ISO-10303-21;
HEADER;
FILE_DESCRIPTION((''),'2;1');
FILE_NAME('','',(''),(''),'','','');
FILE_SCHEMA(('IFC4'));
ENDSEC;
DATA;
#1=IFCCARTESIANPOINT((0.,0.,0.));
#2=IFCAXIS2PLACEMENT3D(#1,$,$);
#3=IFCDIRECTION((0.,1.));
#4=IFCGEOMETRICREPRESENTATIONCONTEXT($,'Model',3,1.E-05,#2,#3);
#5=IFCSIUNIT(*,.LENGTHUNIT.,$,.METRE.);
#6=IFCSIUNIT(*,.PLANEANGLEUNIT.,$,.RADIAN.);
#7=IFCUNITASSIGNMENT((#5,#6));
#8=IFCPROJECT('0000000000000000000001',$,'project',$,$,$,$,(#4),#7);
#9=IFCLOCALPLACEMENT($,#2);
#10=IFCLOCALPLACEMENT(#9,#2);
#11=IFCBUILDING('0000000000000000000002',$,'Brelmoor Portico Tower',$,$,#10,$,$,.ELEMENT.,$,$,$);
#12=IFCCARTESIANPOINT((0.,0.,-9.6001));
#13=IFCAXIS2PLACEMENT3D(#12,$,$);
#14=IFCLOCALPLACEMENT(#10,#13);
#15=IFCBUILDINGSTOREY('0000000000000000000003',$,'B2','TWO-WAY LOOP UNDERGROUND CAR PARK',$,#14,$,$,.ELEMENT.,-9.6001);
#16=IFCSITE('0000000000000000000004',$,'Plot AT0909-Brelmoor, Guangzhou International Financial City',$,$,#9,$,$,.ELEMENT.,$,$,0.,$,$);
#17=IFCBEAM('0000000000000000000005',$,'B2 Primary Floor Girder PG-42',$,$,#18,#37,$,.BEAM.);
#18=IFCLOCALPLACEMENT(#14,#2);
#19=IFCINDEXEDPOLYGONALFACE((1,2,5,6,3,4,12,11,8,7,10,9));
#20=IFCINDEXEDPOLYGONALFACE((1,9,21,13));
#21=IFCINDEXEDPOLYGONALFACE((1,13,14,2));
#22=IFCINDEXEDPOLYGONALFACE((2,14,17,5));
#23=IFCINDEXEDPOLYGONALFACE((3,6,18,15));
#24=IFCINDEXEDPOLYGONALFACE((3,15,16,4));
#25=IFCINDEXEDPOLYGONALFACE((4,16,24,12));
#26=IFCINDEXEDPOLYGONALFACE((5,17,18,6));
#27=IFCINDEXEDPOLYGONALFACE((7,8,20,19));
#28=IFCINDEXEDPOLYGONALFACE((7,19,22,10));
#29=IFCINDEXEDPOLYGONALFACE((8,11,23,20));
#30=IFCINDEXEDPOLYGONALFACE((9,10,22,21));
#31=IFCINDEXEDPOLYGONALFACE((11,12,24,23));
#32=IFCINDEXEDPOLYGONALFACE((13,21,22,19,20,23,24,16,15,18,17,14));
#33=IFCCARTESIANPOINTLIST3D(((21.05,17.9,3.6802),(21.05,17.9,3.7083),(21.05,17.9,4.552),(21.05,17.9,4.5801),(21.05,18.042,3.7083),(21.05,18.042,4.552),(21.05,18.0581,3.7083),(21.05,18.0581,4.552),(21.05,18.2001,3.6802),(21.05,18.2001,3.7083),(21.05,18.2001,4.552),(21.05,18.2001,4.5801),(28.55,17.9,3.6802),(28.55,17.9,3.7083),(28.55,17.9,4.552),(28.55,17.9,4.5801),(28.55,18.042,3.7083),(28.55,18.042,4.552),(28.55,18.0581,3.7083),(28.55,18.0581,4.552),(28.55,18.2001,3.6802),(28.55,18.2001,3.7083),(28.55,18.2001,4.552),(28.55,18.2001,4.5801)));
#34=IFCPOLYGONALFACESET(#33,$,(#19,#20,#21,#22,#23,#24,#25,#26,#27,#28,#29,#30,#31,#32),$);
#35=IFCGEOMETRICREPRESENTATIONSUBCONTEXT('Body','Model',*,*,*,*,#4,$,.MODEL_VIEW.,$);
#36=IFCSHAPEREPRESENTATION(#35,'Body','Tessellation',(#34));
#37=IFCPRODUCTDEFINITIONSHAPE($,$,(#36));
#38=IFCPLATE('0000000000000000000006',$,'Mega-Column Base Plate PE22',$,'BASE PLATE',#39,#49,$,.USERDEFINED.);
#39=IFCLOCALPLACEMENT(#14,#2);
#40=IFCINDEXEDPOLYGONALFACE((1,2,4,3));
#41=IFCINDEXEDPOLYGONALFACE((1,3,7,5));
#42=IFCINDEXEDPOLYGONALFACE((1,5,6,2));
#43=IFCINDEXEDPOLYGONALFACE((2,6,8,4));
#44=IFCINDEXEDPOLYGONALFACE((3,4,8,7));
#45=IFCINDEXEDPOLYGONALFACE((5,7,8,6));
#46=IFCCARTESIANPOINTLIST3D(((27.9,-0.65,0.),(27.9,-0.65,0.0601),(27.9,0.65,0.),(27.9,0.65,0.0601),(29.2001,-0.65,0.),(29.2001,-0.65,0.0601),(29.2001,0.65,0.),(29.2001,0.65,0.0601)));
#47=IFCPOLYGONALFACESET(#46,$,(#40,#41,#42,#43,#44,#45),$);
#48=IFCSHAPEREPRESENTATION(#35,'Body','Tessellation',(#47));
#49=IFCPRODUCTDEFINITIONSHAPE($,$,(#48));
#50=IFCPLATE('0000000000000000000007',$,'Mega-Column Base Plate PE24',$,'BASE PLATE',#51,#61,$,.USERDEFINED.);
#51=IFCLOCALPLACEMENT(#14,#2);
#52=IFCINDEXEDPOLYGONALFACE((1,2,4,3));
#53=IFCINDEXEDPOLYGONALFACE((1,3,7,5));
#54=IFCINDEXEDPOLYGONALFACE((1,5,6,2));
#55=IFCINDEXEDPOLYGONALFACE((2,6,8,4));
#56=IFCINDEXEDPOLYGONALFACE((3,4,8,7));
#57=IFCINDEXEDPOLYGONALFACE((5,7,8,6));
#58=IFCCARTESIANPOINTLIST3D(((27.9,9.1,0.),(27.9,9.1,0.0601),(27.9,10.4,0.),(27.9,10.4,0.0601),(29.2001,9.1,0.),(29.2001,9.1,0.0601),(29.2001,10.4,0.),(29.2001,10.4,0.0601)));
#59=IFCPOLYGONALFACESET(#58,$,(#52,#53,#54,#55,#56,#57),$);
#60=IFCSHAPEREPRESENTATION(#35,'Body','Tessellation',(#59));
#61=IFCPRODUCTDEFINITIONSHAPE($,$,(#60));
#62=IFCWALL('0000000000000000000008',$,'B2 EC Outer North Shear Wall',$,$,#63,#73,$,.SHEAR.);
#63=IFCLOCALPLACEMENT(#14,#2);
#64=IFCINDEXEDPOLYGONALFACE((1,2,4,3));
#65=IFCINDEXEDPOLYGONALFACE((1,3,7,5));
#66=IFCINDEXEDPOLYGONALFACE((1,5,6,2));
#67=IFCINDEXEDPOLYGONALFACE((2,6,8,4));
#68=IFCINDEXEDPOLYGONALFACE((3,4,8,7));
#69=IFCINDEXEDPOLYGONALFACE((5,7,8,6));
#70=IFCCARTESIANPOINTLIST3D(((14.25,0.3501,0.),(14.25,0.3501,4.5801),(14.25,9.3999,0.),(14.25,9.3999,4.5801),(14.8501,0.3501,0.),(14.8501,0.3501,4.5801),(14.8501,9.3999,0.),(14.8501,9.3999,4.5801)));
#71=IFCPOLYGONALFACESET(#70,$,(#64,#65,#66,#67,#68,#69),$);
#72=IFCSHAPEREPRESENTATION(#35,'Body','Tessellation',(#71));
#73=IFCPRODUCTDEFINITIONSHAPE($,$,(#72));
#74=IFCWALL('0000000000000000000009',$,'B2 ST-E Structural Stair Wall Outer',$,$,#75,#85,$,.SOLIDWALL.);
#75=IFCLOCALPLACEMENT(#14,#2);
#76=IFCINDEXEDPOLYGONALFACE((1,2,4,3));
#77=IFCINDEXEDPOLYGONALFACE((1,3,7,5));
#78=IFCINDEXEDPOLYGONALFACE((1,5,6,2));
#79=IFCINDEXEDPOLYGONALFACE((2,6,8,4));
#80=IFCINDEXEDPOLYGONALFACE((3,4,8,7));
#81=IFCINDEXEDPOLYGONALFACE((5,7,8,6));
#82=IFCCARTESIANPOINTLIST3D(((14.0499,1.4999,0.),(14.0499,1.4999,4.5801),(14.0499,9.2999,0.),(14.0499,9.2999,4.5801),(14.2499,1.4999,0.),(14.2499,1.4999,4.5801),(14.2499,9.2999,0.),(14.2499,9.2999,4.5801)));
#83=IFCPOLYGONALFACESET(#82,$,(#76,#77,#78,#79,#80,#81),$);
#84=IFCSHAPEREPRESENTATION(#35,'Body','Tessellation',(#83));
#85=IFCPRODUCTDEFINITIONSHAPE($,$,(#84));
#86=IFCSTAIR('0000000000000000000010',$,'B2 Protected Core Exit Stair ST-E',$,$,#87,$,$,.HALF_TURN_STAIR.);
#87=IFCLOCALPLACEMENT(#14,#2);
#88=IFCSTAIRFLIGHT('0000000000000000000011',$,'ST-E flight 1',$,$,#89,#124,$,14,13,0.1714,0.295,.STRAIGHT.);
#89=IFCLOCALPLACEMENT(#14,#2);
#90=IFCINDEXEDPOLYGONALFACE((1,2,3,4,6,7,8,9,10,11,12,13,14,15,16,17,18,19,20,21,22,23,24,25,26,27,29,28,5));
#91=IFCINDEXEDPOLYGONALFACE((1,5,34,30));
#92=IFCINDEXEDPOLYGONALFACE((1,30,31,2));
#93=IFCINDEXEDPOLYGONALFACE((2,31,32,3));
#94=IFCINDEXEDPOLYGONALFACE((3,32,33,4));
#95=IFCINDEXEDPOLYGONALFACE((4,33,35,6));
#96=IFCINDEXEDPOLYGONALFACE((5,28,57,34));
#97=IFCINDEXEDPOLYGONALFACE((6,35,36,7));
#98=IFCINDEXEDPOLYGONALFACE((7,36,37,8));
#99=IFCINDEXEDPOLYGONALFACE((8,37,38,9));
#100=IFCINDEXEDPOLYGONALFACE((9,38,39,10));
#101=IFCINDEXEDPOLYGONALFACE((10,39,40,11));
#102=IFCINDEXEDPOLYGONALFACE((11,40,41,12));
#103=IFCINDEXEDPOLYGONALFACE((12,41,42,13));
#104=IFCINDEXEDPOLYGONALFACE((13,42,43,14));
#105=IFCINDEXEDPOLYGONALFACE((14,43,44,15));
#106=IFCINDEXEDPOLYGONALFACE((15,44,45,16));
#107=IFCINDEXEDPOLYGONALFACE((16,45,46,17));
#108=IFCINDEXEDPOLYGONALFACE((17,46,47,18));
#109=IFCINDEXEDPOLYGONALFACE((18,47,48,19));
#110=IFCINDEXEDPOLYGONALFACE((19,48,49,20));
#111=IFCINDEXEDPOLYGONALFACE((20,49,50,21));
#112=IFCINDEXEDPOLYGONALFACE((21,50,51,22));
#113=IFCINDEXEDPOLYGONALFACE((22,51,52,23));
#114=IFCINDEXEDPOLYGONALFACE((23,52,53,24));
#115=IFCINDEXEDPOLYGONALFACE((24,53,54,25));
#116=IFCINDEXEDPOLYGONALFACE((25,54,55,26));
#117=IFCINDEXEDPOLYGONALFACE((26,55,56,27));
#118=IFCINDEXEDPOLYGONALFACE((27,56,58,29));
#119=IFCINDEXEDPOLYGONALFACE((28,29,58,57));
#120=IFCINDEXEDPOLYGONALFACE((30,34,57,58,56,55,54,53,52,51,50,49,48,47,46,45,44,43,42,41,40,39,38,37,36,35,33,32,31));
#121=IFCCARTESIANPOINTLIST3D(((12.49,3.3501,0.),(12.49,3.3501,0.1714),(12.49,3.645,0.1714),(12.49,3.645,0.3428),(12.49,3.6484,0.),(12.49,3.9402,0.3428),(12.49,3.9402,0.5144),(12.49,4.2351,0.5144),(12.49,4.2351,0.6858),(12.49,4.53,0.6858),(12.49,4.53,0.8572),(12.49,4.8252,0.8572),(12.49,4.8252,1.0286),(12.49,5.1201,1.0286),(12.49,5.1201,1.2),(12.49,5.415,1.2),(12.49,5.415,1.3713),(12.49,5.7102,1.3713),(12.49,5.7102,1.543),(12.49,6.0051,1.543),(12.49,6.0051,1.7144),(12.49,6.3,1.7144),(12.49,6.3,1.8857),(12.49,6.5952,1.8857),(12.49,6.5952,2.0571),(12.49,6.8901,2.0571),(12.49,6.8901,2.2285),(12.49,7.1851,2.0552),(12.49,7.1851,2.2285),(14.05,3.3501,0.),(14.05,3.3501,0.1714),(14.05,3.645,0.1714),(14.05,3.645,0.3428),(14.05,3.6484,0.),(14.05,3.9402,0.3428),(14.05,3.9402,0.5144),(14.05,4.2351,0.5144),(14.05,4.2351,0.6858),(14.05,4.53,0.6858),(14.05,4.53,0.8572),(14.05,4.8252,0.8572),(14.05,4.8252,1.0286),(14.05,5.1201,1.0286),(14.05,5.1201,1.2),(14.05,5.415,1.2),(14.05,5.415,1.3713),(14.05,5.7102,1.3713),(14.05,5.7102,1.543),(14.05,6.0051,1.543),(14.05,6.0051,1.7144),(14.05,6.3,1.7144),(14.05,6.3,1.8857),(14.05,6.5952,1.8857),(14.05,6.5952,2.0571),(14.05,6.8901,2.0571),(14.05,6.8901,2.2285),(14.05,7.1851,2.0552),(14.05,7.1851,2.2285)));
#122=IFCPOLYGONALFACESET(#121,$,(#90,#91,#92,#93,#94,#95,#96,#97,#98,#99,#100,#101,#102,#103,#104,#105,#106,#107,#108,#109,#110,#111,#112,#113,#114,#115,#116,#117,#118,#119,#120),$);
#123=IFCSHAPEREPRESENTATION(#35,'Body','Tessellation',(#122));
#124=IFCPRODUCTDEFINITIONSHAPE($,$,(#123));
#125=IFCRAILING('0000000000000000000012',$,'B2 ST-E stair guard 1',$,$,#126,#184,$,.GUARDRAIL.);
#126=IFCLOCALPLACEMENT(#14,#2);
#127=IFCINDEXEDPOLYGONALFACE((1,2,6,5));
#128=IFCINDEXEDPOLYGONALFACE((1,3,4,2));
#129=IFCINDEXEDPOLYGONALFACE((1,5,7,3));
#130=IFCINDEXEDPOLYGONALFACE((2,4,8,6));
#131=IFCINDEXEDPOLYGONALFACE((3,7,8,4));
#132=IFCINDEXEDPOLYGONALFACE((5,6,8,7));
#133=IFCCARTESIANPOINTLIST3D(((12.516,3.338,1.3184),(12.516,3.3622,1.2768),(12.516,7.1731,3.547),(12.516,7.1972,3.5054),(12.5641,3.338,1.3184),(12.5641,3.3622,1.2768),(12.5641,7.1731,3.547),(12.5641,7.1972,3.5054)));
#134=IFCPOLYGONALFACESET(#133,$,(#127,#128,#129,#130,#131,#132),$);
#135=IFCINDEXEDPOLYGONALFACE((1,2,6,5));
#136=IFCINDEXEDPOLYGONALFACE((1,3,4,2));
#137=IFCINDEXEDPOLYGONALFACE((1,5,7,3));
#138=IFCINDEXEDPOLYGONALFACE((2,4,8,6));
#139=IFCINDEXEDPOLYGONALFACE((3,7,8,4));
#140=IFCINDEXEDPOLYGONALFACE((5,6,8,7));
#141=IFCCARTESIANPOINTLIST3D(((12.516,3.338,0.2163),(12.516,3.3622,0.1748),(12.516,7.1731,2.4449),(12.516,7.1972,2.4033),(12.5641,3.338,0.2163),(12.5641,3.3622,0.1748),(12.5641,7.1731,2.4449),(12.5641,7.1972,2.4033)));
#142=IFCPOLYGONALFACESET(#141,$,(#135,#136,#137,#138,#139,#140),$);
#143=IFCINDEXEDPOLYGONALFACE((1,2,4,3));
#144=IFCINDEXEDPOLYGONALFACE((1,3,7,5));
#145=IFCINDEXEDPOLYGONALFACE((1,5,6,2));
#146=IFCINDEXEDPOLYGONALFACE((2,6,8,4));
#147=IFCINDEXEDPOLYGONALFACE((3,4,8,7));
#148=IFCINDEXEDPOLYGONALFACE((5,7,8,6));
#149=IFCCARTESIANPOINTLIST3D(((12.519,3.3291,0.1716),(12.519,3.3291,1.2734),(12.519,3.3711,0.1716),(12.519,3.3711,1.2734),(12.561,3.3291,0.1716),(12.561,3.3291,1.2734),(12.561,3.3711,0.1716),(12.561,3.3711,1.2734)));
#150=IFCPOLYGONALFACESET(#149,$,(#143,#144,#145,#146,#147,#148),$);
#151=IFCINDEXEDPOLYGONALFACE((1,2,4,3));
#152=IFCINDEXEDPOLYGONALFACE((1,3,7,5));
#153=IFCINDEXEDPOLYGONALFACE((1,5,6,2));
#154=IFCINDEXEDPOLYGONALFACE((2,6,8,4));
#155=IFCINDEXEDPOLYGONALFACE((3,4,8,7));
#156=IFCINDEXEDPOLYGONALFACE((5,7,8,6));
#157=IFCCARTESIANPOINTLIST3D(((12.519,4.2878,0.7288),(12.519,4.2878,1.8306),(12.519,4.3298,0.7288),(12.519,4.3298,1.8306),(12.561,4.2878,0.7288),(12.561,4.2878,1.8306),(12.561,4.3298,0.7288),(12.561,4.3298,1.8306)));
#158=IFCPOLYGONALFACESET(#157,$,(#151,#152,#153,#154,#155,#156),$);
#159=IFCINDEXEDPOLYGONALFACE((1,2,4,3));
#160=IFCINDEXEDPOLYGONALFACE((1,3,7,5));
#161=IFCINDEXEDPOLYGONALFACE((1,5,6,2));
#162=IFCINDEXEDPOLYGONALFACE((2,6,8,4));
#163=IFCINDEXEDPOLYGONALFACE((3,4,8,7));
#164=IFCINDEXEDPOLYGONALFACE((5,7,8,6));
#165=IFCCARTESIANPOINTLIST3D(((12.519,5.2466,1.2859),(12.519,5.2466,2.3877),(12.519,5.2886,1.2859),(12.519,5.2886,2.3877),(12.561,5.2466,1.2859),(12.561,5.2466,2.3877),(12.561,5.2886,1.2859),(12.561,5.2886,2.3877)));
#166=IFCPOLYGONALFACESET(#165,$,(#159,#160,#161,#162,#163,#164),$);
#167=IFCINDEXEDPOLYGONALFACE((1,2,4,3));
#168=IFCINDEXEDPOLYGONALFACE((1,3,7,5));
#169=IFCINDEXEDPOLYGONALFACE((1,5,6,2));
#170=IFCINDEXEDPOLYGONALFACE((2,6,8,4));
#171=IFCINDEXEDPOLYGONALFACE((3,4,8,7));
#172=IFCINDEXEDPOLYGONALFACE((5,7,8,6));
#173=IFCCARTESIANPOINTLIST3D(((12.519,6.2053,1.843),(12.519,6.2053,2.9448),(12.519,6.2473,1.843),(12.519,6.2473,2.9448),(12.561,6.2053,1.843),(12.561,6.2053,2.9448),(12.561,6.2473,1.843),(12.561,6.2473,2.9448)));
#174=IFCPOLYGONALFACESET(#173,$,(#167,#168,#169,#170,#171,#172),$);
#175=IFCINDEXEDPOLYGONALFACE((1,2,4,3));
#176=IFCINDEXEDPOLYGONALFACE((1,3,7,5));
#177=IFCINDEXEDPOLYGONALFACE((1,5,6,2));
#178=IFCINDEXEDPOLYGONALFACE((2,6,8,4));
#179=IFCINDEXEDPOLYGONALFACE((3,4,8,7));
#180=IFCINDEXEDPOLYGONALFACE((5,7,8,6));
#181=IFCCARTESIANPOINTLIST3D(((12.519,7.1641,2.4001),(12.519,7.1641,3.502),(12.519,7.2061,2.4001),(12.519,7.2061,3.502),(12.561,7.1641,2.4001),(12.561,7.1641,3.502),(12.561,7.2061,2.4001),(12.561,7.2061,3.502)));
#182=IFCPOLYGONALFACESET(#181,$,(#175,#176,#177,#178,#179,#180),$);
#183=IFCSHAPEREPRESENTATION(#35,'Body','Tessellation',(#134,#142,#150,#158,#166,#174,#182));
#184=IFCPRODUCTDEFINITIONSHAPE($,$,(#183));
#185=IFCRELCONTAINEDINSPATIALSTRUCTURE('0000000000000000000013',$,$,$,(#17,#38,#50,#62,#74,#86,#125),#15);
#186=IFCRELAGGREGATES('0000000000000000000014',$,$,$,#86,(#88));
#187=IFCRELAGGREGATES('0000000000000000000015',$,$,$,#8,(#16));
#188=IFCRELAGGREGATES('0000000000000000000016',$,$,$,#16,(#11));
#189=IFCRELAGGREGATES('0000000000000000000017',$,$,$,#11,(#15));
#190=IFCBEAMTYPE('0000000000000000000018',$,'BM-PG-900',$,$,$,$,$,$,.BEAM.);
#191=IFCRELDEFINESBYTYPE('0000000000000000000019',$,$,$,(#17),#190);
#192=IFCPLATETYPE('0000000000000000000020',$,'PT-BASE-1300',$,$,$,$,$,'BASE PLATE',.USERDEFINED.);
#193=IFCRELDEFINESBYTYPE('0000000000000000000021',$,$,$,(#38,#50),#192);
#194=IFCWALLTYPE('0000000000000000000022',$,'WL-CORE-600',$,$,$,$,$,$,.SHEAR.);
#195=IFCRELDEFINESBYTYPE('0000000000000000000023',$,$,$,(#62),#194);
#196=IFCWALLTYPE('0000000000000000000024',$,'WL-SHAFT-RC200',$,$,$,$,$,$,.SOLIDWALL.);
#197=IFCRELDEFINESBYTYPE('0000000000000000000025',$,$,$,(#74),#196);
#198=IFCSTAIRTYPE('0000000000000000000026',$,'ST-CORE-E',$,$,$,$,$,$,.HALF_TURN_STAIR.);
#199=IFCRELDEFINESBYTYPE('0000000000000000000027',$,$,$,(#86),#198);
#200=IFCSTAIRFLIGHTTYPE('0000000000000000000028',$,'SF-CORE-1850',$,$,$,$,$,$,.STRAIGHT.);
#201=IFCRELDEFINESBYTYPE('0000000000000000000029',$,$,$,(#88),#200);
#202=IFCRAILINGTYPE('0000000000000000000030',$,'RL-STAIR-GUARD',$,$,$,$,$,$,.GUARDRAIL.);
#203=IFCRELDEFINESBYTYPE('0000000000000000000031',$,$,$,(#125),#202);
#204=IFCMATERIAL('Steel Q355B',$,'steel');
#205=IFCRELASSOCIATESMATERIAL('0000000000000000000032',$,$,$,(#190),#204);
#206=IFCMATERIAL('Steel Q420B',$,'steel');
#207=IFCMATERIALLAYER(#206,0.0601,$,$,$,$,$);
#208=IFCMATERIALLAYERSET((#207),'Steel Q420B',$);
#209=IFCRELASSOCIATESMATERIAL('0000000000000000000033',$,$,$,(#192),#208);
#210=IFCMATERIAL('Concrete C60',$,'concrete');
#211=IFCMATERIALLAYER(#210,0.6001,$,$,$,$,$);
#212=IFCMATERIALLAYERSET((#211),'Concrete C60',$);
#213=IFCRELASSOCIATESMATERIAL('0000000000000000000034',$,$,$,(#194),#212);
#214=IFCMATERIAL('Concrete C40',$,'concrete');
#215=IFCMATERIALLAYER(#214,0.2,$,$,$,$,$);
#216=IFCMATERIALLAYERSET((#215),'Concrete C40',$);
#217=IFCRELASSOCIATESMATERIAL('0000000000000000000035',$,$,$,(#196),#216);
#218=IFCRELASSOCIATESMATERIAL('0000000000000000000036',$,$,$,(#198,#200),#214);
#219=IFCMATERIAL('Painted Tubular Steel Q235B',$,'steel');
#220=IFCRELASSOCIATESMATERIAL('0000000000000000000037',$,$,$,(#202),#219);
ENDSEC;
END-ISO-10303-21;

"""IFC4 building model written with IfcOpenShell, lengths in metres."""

from ifc_helpers import new_model, si_unit, direction, frame, frame_2d, origin, origin_2d, place, context, subcontext, project, spatial, polyline, rectangle, i_section, outline, extrude, material, layer, layer_set, material_profile, profile_set, type_object, element, aggregate, save


model = new_model("IFC4")

# Units and contexts
model_context = context("Model", 3, precision=1e-05, world=origin(), true_north=direction((0.0, 1.0)))
body_context = subcontext(model_context, "Body", "Model", "MODEL_VIEW")
ifc_project = project(units=[si_unit("LENGTHUNIT", "METRE"), si_unit("PLANEANGLEUNIT", "RADIAN")], contexts=[model_context])

# Site, building, storey
site_placement = place(None, origin())
site = spatial("IfcSite", under=ifc_project, at=site_placement, Name="Plot AT0909-Brelmoor, Guangzhou International Financial City", CompositionType="ELEMENT", RefElevation=0.0)
building_placement = place(site_placement, origin())
building = spatial("IfcBuilding", under=site, at=building_placement, Name="Brelmoor Portico Tower", CompositionType="ELEMENT")
storey_placement = place(building_placement, frame((0.0, 0.0, -9.6001)))
storey = spatial("IfcBuildingStorey", under=building, at=storey_placement, Name="B2", Description="TWO-WAY LOOP UNDERGROUND CAR PARK", CompositionType="ELEMENT", Elevation=-9.6001)

# Shared definitions
ifc_material_1 = material(Name="Steel Q420B", Category="steel")
ifc_material_2 = material(Name="Steel Q355B", Category="steel")

# Beam
ifc_material_profile_1 = material_profile(ifc_material_2, i_section(OverallWidth=0.3, OverallDepth=0.8999, WebThickness=0.0161, FlangeThickness=0.0281, at=origin_2d()), Name="HN 900x300x16x28")
ifc_profile_set_1 = profile_set([ifc_material_profile_1], Name="Steel Q355B")
beam_type = type_object("IfcBeamType", Name="BM-PG-900", PredefinedType="BEAM", material=ifc_profile_set_1)
beam_1_placement = place(storey_placement, frame((21.05, 18.05, 4.1301), z_axis=(1.0, 0.0, 0.0), x_axis=(0.0, 1.0, 0.0)))
element("IfcBeam", 1, at=beam_1_placement, inside=storey, type_object=beam_type, Name="B2 Primary Floor Girder PG-42", PredefinedType="BEAM", context=body_context, shape_type="SweptSolid", body=[
    extrude(i_section(OverallWidth=0.3, OverallDepth=0.8999, WebThickness=0.0161, FlangeThickness=0.0281, at=origin_2d()), origin(), (0.0, 0.0, 1.0), 7.5),
])

# Plates
ifc_layer_1 = layer(ifc_material_1, 0.0601)
ifc_layer_set_1 = layer_set([ifc_layer_1], Name="Steel Q420B")
plate_type = type_object("IfcPlateType", Name="PT-BASE-1300", ElementType="BASE PLATE", PredefinedType="USERDEFINED", material=ifc_layer_set_1)
for number, where, z_axis, x_axis, name in (
    (2, (28.55, 0.0, 0.0), (0.0, 0.0, 1.0), (1.0, 0.0, 0.0), "Mega-Column Base Plate PE22"),
    (3, (28.55, 9.75, 0.0), (0.0, 0.0, 1.0), (1.0, 0.0, 0.0), "Mega-Column Base Plate PE24"),
):
    element("IfcPlate", number, at=place(storey_placement, frame(where, z_axis=z_axis, x_axis=x_axis)), inside=storey, type_object=plate_type, Name=name, ObjectType="BASE PLATE", PredefinedType="USERDEFINED", context=body_context, shape_type="SweptSolid", body=[
        extrude(rectangle(XDim=1.3, YDim=1.3, at=origin_2d()), origin(), (0.0, 0.0, 1.0), 0.0601),
    ])

# Walls
ifc_material_3 = material(Name="Concrete C60", Category="concrete")
ifc_layer_2 = layer(ifc_material_3, 0.6001)
ifc_layer_set_2 = layer_set([ifc_layer_2], Name="Concrete C60")
wall_type_1 = type_object("IfcWallType", Name="WL-CORE-600", PredefinedType="SHEAR", material=ifc_layer_set_2)
wall_1_placement = place(storey_placement, frame((14.55, 0.3501, 0.0), z_axis=(0.0, 0.0, 1.0), x_axis=(0.0, 1.0, 0.0)))
element("IfcWall", 4, at=wall_1_placement, inside=storey, type_object=wall_type_1, Name="B2 EC Outer North Shear Wall", PredefinedType="SHEAR", context=body_context, shape_type="SweptSolid", body=[
    extrude(rectangle(XDim=9.0498, YDim=0.6001, at=frame_2d((4.5249, 0.0))), origin(), (0.0, 0.0, 1.0), 4.5801),
])
ifc_material_4 = material(Name="Concrete C40", Category="concrete")
ifc_layer_3 = layer(ifc_material_4, 0.2)
ifc_layer_set_3 = layer_set([ifc_layer_3], Name="Concrete C40")
wall_type_2 = type_object("IfcWallType", Name="WL-SHAFT-RC200", PredefinedType="SOLIDWALL", material=ifc_layer_set_3)
wall_2_placement = place(storey_placement, frame((14.1499, 1.5, 0.0), z_axis=(0.0, 0.0, 1.0), x_axis=(0.0, 1.0, 0.0)))
element("IfcWall", 5, at=wall_2_placement, inside=storey, type_object=wall_type_2, Name="B2 ST-E Structural Stair Wall Outer", PredefinedType="SOLIDWALL", context=body_context, shape_type="SweptSolid", body=[
    extrude(rectangle(XDim=7.8, YDim=0.2, at=frame_2d((3.8999, 0.0))), origin(), (0.0, 0.0, 1.0), 4.5801),
])

# Stair, stair flight
stair_type = type_object("IfcStairType", Name="ST-CORE-E", PredefinedType="HALF_TURN_STAIR", material=ifc_material_4)
stair_placement = place(storey_placement, origin())
stair = element("IfcStair", 6, at=stair_placement, inside=storey, type_object=stair_type, Name="B2 Protected Core Exit Stair ST-E", PredefinedType="HALF_TURN_STAIR")
stair_flight_type = type_object("IfcStairFlightType", Name="SF-CORE-1850", PredefinedType="STRAIGHT", material=ifc_material_4)
stair_flight_placement = place(storey_placement, frame((13.27, 3.3501, 0.0), z_axis=(0.0, 0.0, 1.0), x_axis=(0.0, 1.0, 0.0)))
stair_flight = element("IfcStairFlight", 7, at=stair_flight_placement, type_object=stair_flight_type, Name="ST-E flight 1", NumberOfRisers=14, NumberOfTreads=13, PredefinedType="STRAIGHT", RiserHeight=0.1714, TreadLength=0.295, context=body_context, shape_type="SweptSolid", body=[
    extrude(outline(polyline([(0.0, 0.0), (0.0, 0.1714), (0.2949, 0.1714), (0.2949, 0.3428), (0.5901, 0.3428), (0.5901, 0.5144), (0.885, 0.5144), (0.885, 0.6858), (1.1799, 0.6858), (1.1799, 0.8572), (1.4751, 0.8572), (1.4751, 1.0286), (1.77, 1.0286), (1.77, 1.2), (2.0649, 1.2), (2.0649, 1.3713), (2.3601, 1.3713), (2.3601, 1.543), (2.655, 1.543), (2.655, 1.7144), (2.95, 1.7144), (2.95, 1.8857), (3.2451, 1.8857), (3.2451, 2.0571), (3.54, 2.0571), (3.54, 2.2285), (3.835, 2.2285), (3.835, 2.3999), (3.835, 2.0552), (0.2983, 0.0), (0.0, 0.0)])), frame((0.0, 0.78, 0.0), z_axis=(0.0, -1.0, 0.0), x_axis=(1.0, 0.0, 0.0)), (0.0, 0.0, 1.0), 1.5601),
])
aggregate(stair, [stair_flight])

# Railing
ifc_material_5 = material(Name="Painted Tubular Steel Q235B", Category="steel")
railing_type_1 = type_object("IfcRailingType", Name="RL-STAIR-GUARD", PredefinedType="GUARDRAIL", material=ifc_material_5)
railing_1_placement = place(storey_placement, frame((12.54, 3.3501, 0.1716)))
element("IfcRailing", 8, at=railing_1_placement, inside=storey, type_object=railing_type_1, Name="B2 ST-E stair guard 1", PredefinedType="GUARDRAIL", context=body_context, shape_type="SweptSolid", body=[
    extrude(rectangle(XDim=0.0481, YDim=0.0481, at=origin_2d()), frame((0.0, 0.0, 1.126), z_axis=(0.0, 0.864616, 0.502433), x_axis=(-1.0, 0.0, 0.0)), (0.0, 0.0, 1.0), 4.4355),
    extrude(rectangle(XDim=0.0481, YDim=0.0481, at=origin_2d()), frame((0.0, 0.0, 0.0239), z_axis=(0.0, 0.864616, 0.502433), x_axis=(-1.0, 0.0, 0.0)), (0.0, 0.0, 1.0), 4.4355),
    extrude(rectangle(XDim=0.042, YDim=0.042, at=origin_2d()), origin(), (0.0, 0.0, 1.0), 1.1018),
    extrude(rectangle(XDim=0.042, YDim=0.042, at=origin_2d()), frame((0.0, 0.9587, 0.5571)), (0.0, 0.0, 1.0), 1.1018),
    extrude(rectangle(XDim=0.042, YDim=0.042, at=origin_2d()), frame((0.0, 1.9175, 1.1143)), (0.0, 0.0, 1.0), 1.1018),
    extrude(rectangle(XDim=0.042, YDim=0.042, at=origin_2d()), frame((0.0, 2.8762, 1.6714)), (0.0, 0.0, 1.0), 1.1018),
    extrude(rectangle(XDim=0.042, YDim=0.042, at=origin_2d()), frame((0.0, 3.835, 2.2285)), (0.0, 0.0, 1.0), 1.1018),
])

save(model, "model.ifc")
